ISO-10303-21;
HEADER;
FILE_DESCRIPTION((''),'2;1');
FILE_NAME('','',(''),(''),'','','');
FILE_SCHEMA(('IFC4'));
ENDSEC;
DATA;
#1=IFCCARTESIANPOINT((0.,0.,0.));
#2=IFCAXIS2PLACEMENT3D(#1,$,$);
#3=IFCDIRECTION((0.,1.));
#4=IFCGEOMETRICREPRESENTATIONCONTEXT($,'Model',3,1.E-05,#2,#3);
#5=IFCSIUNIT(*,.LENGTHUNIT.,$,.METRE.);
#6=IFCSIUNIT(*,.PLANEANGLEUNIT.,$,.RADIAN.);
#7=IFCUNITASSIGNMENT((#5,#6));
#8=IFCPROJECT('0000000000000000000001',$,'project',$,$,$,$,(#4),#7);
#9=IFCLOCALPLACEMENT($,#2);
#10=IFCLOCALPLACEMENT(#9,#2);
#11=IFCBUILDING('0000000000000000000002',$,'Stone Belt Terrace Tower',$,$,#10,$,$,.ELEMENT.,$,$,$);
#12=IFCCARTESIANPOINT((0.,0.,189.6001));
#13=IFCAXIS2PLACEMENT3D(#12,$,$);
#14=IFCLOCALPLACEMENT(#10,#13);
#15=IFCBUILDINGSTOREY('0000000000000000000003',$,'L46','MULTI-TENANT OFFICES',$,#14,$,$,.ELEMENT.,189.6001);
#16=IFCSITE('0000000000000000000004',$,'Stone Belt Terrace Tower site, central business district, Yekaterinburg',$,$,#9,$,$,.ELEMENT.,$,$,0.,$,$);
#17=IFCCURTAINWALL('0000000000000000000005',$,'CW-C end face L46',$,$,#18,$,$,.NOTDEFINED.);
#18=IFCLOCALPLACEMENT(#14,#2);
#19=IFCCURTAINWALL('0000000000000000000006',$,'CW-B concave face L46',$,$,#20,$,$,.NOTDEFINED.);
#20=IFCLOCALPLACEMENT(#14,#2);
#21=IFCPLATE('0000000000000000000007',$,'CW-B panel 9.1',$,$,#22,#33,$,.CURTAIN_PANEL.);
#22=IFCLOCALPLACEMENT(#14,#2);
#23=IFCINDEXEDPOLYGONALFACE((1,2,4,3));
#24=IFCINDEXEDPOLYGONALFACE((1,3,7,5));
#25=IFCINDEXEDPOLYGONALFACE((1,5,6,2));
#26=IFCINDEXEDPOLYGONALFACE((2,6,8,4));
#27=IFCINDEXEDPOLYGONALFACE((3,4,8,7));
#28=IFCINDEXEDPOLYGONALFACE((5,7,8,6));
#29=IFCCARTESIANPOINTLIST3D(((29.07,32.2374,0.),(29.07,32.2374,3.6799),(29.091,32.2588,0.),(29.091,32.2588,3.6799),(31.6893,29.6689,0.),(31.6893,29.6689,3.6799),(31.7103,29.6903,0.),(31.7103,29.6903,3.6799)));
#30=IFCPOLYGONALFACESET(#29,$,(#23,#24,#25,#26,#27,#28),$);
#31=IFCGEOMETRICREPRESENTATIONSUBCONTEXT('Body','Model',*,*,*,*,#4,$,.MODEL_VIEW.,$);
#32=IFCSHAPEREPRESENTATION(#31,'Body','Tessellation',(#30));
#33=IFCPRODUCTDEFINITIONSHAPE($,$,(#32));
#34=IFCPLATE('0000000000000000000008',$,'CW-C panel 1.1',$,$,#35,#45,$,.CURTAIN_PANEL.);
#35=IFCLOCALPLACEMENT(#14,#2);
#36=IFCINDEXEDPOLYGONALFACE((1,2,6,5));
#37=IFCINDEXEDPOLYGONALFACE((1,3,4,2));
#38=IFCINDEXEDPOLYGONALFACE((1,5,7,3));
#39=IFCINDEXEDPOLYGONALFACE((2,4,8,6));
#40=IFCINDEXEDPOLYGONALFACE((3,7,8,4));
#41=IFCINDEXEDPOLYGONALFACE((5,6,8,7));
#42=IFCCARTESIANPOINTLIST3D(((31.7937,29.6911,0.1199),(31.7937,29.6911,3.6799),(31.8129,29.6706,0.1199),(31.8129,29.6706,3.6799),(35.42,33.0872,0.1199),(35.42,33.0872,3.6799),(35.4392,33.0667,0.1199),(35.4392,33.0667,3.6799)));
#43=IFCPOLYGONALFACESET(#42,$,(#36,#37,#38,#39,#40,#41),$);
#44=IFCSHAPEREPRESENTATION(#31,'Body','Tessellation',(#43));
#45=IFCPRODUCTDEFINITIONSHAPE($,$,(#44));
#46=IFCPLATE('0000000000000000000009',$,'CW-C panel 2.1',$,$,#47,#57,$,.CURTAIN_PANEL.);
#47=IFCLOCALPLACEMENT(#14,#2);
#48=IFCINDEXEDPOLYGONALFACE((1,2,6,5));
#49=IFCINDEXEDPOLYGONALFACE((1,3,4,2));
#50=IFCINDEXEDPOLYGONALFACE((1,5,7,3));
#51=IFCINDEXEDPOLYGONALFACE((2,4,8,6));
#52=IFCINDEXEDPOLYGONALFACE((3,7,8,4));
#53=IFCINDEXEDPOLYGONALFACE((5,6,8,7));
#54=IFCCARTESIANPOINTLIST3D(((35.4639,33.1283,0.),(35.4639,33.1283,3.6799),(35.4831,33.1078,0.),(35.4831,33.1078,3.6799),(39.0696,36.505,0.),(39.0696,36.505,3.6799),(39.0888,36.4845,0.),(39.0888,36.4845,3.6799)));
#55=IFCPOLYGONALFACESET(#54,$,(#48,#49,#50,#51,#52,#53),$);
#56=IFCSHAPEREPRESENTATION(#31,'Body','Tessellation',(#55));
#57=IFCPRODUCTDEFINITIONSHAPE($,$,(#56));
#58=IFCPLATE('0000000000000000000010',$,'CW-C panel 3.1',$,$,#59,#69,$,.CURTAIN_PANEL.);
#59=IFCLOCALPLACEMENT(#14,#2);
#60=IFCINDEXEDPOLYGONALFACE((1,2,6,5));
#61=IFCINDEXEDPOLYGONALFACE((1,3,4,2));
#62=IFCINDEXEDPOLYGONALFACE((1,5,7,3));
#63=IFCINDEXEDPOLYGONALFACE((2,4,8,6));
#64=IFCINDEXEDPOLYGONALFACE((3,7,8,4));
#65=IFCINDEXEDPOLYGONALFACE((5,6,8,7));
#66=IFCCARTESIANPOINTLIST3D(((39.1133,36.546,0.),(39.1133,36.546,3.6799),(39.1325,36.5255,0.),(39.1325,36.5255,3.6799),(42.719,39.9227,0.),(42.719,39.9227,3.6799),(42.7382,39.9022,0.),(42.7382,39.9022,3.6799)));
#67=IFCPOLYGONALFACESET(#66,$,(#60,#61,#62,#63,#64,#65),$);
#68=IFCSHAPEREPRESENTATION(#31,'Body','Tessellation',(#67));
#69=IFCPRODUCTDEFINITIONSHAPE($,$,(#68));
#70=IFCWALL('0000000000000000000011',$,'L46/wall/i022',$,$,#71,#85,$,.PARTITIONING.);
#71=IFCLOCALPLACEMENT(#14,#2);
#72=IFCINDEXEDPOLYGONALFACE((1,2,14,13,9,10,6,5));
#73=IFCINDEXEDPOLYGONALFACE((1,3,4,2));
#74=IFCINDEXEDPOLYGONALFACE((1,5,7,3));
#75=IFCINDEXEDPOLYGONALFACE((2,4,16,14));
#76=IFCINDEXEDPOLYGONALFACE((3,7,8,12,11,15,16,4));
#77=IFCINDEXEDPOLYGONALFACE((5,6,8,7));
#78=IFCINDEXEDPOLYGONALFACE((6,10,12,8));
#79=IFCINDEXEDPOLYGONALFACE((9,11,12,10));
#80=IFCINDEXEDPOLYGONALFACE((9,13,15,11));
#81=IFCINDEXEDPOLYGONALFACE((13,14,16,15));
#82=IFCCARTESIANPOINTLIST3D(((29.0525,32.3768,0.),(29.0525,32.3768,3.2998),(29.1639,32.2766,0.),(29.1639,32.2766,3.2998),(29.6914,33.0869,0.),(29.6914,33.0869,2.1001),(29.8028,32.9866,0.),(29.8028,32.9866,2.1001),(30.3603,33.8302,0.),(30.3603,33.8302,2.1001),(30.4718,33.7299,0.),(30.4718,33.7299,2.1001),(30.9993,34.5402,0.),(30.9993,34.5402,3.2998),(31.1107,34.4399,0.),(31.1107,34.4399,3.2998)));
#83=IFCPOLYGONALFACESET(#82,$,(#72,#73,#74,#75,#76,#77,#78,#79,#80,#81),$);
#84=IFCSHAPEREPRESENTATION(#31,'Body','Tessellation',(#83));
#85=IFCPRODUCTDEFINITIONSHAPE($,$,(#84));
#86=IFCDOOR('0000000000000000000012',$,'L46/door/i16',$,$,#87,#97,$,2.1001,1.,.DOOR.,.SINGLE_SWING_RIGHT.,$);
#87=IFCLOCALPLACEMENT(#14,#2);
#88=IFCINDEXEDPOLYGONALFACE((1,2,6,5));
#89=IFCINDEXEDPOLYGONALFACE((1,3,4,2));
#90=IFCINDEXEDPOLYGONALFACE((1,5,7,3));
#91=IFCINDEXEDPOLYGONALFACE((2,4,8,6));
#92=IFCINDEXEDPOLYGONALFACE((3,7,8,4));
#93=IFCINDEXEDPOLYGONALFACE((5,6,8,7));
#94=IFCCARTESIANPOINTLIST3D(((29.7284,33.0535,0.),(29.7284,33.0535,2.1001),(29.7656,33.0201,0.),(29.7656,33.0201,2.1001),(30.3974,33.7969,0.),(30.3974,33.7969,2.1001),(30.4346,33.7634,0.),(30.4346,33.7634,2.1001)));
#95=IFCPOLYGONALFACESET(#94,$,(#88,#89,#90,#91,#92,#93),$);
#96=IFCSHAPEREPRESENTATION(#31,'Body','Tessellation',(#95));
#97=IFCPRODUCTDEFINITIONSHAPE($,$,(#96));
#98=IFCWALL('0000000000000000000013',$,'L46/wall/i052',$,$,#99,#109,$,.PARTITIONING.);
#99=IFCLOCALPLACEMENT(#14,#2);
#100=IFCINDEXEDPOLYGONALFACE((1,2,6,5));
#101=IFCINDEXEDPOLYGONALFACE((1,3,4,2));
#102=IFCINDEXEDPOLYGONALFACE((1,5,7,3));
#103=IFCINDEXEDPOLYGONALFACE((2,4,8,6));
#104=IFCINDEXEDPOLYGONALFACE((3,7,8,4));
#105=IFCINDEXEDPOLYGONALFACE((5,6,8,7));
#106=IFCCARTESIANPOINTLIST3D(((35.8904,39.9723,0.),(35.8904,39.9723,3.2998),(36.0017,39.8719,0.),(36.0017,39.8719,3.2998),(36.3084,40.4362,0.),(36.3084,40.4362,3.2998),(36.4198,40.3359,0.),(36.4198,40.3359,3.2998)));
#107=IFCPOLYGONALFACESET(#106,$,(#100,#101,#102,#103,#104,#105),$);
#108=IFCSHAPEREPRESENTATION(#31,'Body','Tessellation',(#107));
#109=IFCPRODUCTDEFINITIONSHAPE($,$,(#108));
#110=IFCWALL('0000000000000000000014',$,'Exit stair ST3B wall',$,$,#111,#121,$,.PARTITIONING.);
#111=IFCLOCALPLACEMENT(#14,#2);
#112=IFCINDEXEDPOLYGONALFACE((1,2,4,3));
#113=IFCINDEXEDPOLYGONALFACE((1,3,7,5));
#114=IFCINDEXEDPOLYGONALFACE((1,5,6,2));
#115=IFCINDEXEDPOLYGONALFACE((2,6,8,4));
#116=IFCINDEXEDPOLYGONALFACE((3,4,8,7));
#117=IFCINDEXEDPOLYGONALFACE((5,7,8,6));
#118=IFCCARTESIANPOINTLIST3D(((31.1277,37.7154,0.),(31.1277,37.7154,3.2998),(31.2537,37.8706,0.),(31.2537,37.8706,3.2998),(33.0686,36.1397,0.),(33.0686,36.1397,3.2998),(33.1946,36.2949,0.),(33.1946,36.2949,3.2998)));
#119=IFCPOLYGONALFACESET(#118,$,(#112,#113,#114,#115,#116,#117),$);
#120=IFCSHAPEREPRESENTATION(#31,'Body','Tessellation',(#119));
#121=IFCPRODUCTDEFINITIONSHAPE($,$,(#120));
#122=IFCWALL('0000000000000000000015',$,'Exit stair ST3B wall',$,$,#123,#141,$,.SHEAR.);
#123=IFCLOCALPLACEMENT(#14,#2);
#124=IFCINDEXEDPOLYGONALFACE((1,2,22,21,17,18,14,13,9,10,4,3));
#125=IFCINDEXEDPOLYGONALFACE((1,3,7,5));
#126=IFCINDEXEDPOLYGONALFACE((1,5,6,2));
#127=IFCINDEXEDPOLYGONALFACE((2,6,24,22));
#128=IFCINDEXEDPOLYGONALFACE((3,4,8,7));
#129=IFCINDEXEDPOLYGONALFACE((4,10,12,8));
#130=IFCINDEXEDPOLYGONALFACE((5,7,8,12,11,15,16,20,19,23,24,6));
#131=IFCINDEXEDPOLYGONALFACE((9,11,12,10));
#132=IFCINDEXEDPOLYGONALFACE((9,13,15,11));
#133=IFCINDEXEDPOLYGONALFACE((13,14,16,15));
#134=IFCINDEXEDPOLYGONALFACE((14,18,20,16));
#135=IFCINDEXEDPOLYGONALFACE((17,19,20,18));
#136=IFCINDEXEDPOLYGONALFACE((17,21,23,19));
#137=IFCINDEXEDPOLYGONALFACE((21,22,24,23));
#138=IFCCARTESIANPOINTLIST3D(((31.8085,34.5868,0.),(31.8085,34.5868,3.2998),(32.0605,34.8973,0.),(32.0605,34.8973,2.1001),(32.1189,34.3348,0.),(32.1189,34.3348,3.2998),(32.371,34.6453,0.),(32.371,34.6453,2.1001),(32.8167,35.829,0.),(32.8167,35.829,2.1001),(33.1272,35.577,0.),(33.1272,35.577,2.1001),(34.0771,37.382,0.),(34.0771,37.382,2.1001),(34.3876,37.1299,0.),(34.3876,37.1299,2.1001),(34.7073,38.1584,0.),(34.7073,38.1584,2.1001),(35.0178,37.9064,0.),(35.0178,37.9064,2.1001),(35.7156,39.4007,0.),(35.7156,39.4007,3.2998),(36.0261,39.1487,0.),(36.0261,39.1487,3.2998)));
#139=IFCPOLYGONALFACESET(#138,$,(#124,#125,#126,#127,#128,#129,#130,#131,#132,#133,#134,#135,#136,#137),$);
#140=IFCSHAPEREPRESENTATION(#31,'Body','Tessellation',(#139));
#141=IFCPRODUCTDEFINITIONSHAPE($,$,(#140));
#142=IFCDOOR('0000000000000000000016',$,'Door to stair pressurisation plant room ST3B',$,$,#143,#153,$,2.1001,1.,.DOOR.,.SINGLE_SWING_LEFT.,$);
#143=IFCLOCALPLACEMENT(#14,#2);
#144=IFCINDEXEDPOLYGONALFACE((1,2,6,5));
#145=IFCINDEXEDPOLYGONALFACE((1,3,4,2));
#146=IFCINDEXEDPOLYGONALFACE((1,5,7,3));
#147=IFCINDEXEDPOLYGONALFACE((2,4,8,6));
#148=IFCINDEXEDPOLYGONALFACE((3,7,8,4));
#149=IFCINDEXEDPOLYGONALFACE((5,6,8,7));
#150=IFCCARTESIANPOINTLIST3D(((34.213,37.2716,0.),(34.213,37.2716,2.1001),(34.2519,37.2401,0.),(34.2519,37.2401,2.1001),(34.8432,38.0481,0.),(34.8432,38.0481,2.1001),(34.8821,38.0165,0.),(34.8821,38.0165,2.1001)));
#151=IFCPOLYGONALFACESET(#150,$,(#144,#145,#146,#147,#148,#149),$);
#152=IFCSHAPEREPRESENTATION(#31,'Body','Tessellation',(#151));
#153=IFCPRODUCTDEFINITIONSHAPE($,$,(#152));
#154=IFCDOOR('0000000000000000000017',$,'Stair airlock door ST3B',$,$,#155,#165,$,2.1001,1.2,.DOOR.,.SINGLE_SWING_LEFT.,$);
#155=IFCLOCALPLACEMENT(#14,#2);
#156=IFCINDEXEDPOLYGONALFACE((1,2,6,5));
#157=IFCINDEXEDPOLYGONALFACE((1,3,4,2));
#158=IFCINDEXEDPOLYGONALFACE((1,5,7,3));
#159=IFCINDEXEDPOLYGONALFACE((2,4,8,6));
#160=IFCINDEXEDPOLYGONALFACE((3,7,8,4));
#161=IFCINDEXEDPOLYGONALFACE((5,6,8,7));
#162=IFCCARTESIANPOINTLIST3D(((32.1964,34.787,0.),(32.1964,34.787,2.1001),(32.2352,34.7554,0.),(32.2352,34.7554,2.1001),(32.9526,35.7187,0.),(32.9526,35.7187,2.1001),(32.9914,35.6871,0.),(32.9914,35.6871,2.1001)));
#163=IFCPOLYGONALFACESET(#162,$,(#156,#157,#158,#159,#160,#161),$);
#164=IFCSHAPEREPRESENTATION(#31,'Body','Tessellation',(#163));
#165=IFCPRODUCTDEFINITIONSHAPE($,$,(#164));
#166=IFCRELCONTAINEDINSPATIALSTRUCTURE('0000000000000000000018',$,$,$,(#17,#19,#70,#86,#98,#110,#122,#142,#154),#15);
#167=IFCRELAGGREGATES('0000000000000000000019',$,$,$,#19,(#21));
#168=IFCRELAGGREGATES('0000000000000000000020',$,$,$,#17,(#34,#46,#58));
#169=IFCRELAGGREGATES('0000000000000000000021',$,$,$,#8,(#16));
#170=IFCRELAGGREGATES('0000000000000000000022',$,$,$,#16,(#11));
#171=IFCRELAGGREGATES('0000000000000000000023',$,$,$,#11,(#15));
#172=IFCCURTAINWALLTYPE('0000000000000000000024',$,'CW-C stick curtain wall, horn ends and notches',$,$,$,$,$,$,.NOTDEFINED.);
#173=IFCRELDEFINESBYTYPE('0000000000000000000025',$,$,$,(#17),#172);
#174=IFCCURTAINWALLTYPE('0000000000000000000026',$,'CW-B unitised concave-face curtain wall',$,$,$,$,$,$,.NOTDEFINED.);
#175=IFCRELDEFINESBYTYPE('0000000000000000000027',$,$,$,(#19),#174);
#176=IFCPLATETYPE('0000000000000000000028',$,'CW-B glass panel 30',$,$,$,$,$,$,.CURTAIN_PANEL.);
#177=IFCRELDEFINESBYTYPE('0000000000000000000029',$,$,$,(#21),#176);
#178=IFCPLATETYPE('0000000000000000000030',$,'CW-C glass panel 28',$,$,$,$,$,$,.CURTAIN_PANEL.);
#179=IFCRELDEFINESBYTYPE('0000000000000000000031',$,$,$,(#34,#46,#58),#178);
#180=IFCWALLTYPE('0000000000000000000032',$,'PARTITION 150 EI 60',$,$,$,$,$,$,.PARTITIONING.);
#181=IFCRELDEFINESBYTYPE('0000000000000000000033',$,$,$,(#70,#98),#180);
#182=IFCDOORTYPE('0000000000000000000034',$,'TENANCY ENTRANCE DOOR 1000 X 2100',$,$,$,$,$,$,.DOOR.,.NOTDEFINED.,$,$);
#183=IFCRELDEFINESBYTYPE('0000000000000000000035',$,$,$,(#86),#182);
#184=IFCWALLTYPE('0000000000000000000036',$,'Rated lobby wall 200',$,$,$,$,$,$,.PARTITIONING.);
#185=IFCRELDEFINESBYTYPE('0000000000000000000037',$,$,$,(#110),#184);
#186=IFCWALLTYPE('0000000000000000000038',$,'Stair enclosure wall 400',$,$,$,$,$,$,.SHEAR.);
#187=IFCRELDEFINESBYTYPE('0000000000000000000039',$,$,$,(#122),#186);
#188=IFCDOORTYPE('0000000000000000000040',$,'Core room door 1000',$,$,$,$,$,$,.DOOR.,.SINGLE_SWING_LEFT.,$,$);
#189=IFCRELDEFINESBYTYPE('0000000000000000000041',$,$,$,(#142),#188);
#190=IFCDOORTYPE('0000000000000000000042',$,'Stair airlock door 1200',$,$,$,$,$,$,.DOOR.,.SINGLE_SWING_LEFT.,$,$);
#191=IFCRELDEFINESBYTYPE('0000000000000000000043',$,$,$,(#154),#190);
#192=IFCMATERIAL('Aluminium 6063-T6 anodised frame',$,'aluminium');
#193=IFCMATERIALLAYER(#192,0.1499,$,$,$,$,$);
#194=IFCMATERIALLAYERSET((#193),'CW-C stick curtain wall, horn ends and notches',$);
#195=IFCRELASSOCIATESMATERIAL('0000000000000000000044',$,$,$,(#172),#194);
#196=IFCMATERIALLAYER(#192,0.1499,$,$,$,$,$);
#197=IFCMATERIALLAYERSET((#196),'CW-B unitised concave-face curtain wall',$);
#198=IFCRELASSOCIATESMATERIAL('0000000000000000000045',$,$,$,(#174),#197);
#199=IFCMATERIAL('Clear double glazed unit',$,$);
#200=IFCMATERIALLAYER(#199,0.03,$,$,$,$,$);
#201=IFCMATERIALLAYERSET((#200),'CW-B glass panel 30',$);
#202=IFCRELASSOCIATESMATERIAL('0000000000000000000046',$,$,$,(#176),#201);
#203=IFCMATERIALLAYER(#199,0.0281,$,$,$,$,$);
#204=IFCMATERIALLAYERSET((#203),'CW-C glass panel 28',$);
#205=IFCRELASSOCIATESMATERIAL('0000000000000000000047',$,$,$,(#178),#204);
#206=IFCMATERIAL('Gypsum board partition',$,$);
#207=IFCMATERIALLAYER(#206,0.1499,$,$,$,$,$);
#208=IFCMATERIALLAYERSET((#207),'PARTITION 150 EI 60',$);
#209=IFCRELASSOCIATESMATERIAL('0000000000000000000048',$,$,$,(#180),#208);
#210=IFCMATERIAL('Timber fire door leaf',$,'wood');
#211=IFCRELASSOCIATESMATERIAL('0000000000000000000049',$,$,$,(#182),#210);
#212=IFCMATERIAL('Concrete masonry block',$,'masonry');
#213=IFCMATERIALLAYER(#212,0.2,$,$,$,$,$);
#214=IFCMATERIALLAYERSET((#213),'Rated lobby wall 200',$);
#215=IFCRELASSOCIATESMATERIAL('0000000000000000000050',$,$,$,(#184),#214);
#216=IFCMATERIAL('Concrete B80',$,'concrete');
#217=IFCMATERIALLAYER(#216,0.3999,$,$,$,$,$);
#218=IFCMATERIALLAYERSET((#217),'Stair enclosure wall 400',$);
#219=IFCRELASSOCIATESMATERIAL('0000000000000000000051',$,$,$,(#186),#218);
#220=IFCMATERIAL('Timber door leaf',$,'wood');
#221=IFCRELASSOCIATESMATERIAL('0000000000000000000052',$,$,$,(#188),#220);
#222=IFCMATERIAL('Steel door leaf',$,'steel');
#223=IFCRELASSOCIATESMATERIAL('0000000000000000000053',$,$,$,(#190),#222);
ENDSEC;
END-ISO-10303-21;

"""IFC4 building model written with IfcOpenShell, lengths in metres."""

from ifc_helpers import new_model, si_unit, direction, frame, frame_2d, origin, origin_2d, place, context, subcontext, project, spatial, rectangle, extrude, material, layer, layer_set, type_object, element, fill, aggregate, save


model = new_model("IFC4")

# Units and contexts
model_context = context("Model", 3, precision=1e-05, world=origin(), true_north=direction((0.0, 1.0)))
body_context = subcontext(model_context, "Body", "Model", "MODEL_VIEW")
ifc_project = project(units=[si_unit("LENGTHUNIT", "METRE"), si_unit("PLANEANGLEUNIT", "RADIAN")], contexts=[model_context])

# Site, building, storey
site_placement = place(None, origin())
site = spatial("IfcSite", under=ifc_project, at=site_placement, Name="Stone Belt Terrace Tower site, central business district, Yekaterinburg", CompositionType="ELEMENT", RefElevation=0.0)
building_placement = place(site_placement, origin())
building = spatial("IfcBuilding", under=site, at=building_placement, Name="Stone Belt Terrace Tower", CompositionType="ELEMENT")
storey_placement = place(building_placement, frame((0.0, 0.0, 189.6001)))
storey = spatial("IfcBuildingStorey", under=building, at=storey_placement, Name="L46", Description="MULTI-TENANT OFFICES", CompositionType="ELEMENT", Elevation=189.6001)

# Shared definitions
ifc_material_1 = material(Name="Concrete B80", Category="concrete")

# Curtain wall
ifc_material_2 = material(Name="Aluminium 6063-T6 anodised frame", Category="aluminium")
ifc_layer_1 = layer(ifc_material_2, 0.1499)
ifc_layer_set_1 = layer_set([ifc_layer_1], Name="CW-C stick curtain wall, horn ends and notches")
curtain_wall_type_1 = type_object("IfcCurtainWallType", Name="CW-C stick curtain wall, horn ends and notches", PredefinedType="NOTDEFINED", material=ifc_layer_set_1)
curtain_wall_1_placement = place(storey_placement, origin())
curtain_wall_1 = element("IfcCurtainWall", 1, at=curtain_wall_1_placement, inside=storey, type_object=curtain_wall_type_1, Name="CW-C end face L46", PredefinedType="NOTDEFINED")

# Curtain wall, plate
ifc_layer_2 = layer(ifc_material_2, 0.1499)
ifc_layer_set_2 = layer_set([ifc_layer_2], Name="CW-B unitised concave-face curtain wall")
curtain_wall_type_2 = type_object("IfcCurtainWallType", Name="CW-B unitised concave-face curtain wall", PredefinedType="NOTDEFINED", material=ifc_layer_set_2)
curtain_wall_2_placement = place(storey_placement, origin())
curtain_wall_2 = element("IfcCurtainWall", 2, at=curtain_wall_2_placement, inside=storey, type_object=curtain_wall_type_2, Name="CW-B concave face L46", PredefinedType="NOTDEFINED")
ifc_material_3 = material(Name="Clear double glazed unit")
ifc_layer_3 = layer(ifc_material_3, 0.03)
ifc_layer_set_3 = layer_set([ifc_layer_3], Name="CW-B glass panel 30")
plate_type_1 = type_object("IfcPlateType", Name="CW-B glass panel 30", PredefinedType="CURTAIN_PANEL", material=ifc_layer_set_3)
plate_1_placement = place(storey_placement, frame((30.3901, 30.9639, 0.0), z_axis=(0.0, 0.0, 1.0), x_axis=(0.713994, -0.700152, 0.0)))
plate_1 = element("IfcPlate", 3, at=plate_1_placement, type_object=plate_type_1, Name="CW-B panel 9.1", PredefinedType="CURTAIN_PANEL", context=body_context, shape_type="SweptSolid", body=[
    extrude(rectangle(XDim=3.6685, YDim=0.03, at=origin_2d()), origin(), (0.0, 0.0, 1.0), 3.6799),
])
aggregate(curtain_wall_2, [plate_1])

# Plates
ifc_layer_4 = layer(ifc_material_3, 0.0281)
ifc_layer_set_4 = layer_set([ifc_layer_4], Name="CW-C glass panel 28")
plate_type_2 = type_object("IfcPlateType", Name="CW-C glass panel 28", PredefinedType="CURTAIN_PANEL", material=ifc_layer_set_4)
plate_2_placement = place(storey_placement, frame((33.6165, 31.3789, 0.1199), z_axis=(0.0, 0.0, 1.0), x_axis=(0.729904, 0.683549, 0.0)))
plate_2 = element("IfcPlate", 4, at=plate_2_placement, type_object=plate_type_2, Name="CW-C panel 1.1", PredefinedType="CURTAIN_PANEL", context=body_context, shape_type="SweptSolid", body=[
    extrude(rectangle(XDim=4.9683, YDim=0.0281, at=origin_2d()), origin(), (0.0, 0.0, 1.0), 3.5601),
])
plate_3_placement = place(storey_placement, frame((37.2764, 34.8064, 0.0), z_axis=(0.0, 0.0, 1.0), x_axis=(0.729904, 0.683549, 0.0)))
plate_3 = element("IfcPlate", 5, at=plate_3_placement, type_object=plate_type_2, Name="CW-C panel 2.1", PredefinedType="CURTAIN_PANEL", context=body_context, shape_type="SweptSolid", body=[
    extrude(rectangle(XDim=4.9399, YDim=0.0281, at=origin_2d()), origin(), (0.0, 0.0, 1.0), 3.6799),
])
plate_4_placement = place(storey_placement, frame((40.9258, 38.2241, 0.0), z_axis=(0.0, 0.0, 1.0), x_axis=(0.729904, 0.683549, 0.0)))
plate_4 = element("IfcPlate", 6, at=plate_4_placement, type_object=plate_type_2, Name="CW-C panel 3.1", PredefinedType="CURTAIN_PANEL", context=body_context, shape_type="SweptSolid", body=[
    extrude(rectangle(XDim=4.9399, YDim=0.0281, at=origin_2d()), origin(), (0.0, 0.0, 1.0), 3.6799),
])
aggregate(curtain_wall_1, [plate_2, plate_3, plate_4])

# Wall, opening, door
ifc_material_4 = material(Name="Gypsum board partition")
ifc_layer_5 = layer(ifc_material_4, 0.1499)
ifc_layer_set_5 = layer_set([ifc_layer_5], Name="PARTITION 150 EI 60")
wall_type_1 = type_object("IfcWallType", Name="PARTITION 150 EI 60", PredefinedType="PARTITIONING", material=ifc_layer_set_5)
wall_1_placement = place(storey_placement, frame((31.0549, 34.49, 0.0), z_axis=(0.0, 0.0, 1.0), x_axis=(-0.668923, -0.743332, 0.0)))
wall_1 = element("IfcWall", 7, at=wall_1_placement, inside=storey, type_object=wall_type_1, Name="L46/wall/i022", PredefinedType="PARTITIONING", context=body_context, shape_type="SweptSolid", body=[
    extrude(rectangle(XDim=2.9104, YDim=0.1499, at=frame_2d((1.4551, 0.0))), origin(), (0.0, 0.0, 1.0), 3.2998),
])
opening_1_placement = place(wall_1_placement, frame((0.9551, 0.0, 0.0)))
opening_1 = element("IfcOpeningElement", 8, at=opening_1_placement, cuts=wall_1, PredefinedType="OPENING", context=body_context, shape_type="SweptSolid", body=[
    extrude(rectangle(XDim=1.0, YDim=2.1001, at=frame_2d((0.5, 1.05))), frame((0.0, 0.085, 0.0), z_axis=(0.0, -1.0, 0.0), x_axis=(1.0, 0.0, 0.0)), (0.0, 0.0, 1.0), 0.1699),
])
ifc_material_5 = material(Name="Timber fire door leaf", Category="wood")
door_type_1 = type_object("IfcDoorType", Name="TENANCY ENTRANCE DOOR 1000 X 2100", OperationType="NOTDEFINED", PredefinedType="DOOR", material=ifc_material_5)
door_1_placement = place(opening_1_placement, origin())
door_1 = element("IfcDoor", 9, at=door_1_placement, inside=storey, type_object=door_type_1, Name="L46/door/i16", OperationType="SINGLE_SWING_RIGHT", OverallHeight=2.1001, OverallWidth=1.0, PredefinedType="DOOR", context=body_context, shape_type="SweptSolid", body=[
    extrude(rectangle(XDim=1.0, YDim=2.1001, at=frame_2d((0.5, 1.05))), frame((0.0, 0.0249, 0.0), z_axis=(0.0, -1.0, 0.0), x_axis=(1.0, 0.0, 0.0)), (0.0, 0.0, 1.0), 0.05),
])
fill(opening_1, door_1)

# Walls
wall_2_placement = place(storey_placement, frame((35.946, 39.9221, 0.0), z_axis=(0.0, 0.0, 1.0), x_axis=(0.669397, 0.742905, 0.0)))
element("IfcWall", 10, at=wall_2_placement, inside=storey, type_object=wall_type_1, Name="L46/wall/i052", PredefinedType="PARTITIONING", context=body_context, shape_type="SweptSolid", body=[
    extrude(rectangle(XDim=0.6245, YDim=0.1499, at=frame_2d((0.3123, 0.0))), origin(), (0.0, 0.0, 1.0), 3.2998),
])
ifc_material_6 = material(Name="Concrete masonry block", Category="masonry")
ifc_layer_6 = layer(ifc_material_6, 0.2)
ifc_layer_set_6 = layer_set([ifc_layer_6], Name="Rated lobby wall 200")
wall_type_2 = type_object("IfcWallType", Name="Rated lobby wall 200", PredefinedType="PARTITIONING", material=ifc_layer_set_6)
wall_3_placement = place(storey_placement, frame((31.1907, 37.793, 0.0), z_axis=(0.0, 0.0, 1.0), x_axis=(0.776371, -0.630276, 0.0)))
element("IfcWall", 11, at=wall_3_placement, inside=storey, type_object=wall_type_2, Name="Exit stair ST3B wall", PredefinedType="PARTITIONING", context=body_context, shape_type="SweptSolid", body=[
    extrude(rectangle(XDim=2.5, YDim=0.2, at=frame_2d((1.25, 0.0))), origin(), (0.0, 0.0, 1.0), 3.2998),
])

# Wall, openings, doors
ifc_layer_7 = layer(ifc_material_1, 0.3999)
ifc_layer_set_7 = layer_set([ifc_layer_7], Name="Stair enclosure wall 400")
wall_type_3 = type_object("IfcWallType", Name="Stair enclosure wall 400", PredefinedType="SHEAR", material=ifc_layer_set_7)
wall_4_placement = place(storey_placement, frame((31.9636, 34.4607, 0.0), z_axis=(0.0, 0.0, 1.0), x_axis=(0.630192, 0.776439, 0.0)))
wall_4 = element("IfcWall", 12, at=wall_4_placement, inside=storey, type_object=wall_type_3, Name="Exit stair ST3B wall", PredefinedType="SHEAR", context=body_context, shape_type="SweptSolid", body=[
    extrude(rectangle(XDim=6.2, YDim=0.3999, at=frame_2d((3.1001, 0.0))), origin(), (0.0, 0.0, 1.0), 3.2998),
])
opening_2_placement = place(wall_4_placement, frame((0.3999, 0.0, 0.0)))
opening_2 = element("IfcOpeningElement", 13, at=opening_2_placement, cuts=wall_4, PredefinedType="OPENING", context=body_context, shape_type="SweptSolid", body=[
    extrude(rectangle(XDim=1.2, YDim=2.1001, at=frame_2d((0.6001, 1.05))), frame((0.0, 0.21, 0.0), z_axis=(0.0, -1.0, 0.0), x_axis=(1.0, 0.0, 0.0)), (0.0, 0.0, 1.0), 0.4199),
])
opening_3_placement = place(wall_4_placement, frame((3.6001, 0.0, 0.0)))
opening_3 = element("IfcOpeningElement", 14, at=opening_3_placement, cuts=wall_4, PredefinedType="OPENING", context=body_context, shape_type="SweptSolid", body=[
    extrude(rectangle(XDim=1.0, YDim=2.1001, at=frame_2d((0.5, 1.05))), frame((0.0, 0.21, 0.0), z_axis=(0.0, -1.0, 0.0), x_axis=(1.0, 0.0, 0.0)), (0.0, 0.0, 1.0), 0.4199),
])
ifc_material_7 = material(Name="Timber door leaf", Category="wood")
door_type_2 = type_object("IfcDoorType", Name="Core room door 1000", OperationType="SINGLE_SWING_LEFT", PredefinedType="DOOR", material=ifc_material_7)
door_2_placement = place(opening_3_placement, origin())
door_2 = element("IfcDoor", 15, at=door_2_placement, inside=storey, type_object=door_type_2, Name="Door to stair pressurisation plant room ST3B", OperationType="SINGLE_SWING_LEFT", OverallHeight=2.1001, OverallWidth=1.0, PredefinedType="DOOR", context=body_context, shape_type="SweptSolid", body=[
    extrude(rectangle(XDim=1.0, YDim=2.1001, at=frame_2d((0.5, 1.05))), frame((0.0, 0.0249, 0.0), z_axis=(0.0, -1.0, 0.0), x_axis=(1.0, 0.0, 0.0)), (0.0, 0.0, 1.0), 0.05),
])
fill(opening_3, door_2)
ifc_material_8 = material(Name="Steel door leaf", Category="steel")
door_type_3 = type_object("IfcDoorType", Name="Stair airlock door 1200", OperationType="SINGLE_SWING_LEFT", PredefinedType="DOOR", material=ifc_material_8)
door_3_placement = place(opening_2_placement, origin())
door_3 = element("IfcDoor", 16, at=door_3_placement, inside=storey, type_object=door_type_3, Name="Stair airlock door ST3B", OperationType="SINGLE_SWING_LEFT", OverallHeight=2.1001, OverallWidth=1.2, PredefinedType="DOOR", context=body_context, shape_type="SweptSolid", body=[
    extrude(rectangle(XDim=1.2, YDim=2.1001, at=frame_2d((0.6001, 1.05))), frame((0.0, 0.0249, 0.0), z_axis=(0.0, -1.0, 0.0), x_axis=(1.0, 0.0, 0.0)), (0.0, 0.0, 1.0), 0.05),
])
fill(opening_2, door_3)

save(model, "model.ifc")
